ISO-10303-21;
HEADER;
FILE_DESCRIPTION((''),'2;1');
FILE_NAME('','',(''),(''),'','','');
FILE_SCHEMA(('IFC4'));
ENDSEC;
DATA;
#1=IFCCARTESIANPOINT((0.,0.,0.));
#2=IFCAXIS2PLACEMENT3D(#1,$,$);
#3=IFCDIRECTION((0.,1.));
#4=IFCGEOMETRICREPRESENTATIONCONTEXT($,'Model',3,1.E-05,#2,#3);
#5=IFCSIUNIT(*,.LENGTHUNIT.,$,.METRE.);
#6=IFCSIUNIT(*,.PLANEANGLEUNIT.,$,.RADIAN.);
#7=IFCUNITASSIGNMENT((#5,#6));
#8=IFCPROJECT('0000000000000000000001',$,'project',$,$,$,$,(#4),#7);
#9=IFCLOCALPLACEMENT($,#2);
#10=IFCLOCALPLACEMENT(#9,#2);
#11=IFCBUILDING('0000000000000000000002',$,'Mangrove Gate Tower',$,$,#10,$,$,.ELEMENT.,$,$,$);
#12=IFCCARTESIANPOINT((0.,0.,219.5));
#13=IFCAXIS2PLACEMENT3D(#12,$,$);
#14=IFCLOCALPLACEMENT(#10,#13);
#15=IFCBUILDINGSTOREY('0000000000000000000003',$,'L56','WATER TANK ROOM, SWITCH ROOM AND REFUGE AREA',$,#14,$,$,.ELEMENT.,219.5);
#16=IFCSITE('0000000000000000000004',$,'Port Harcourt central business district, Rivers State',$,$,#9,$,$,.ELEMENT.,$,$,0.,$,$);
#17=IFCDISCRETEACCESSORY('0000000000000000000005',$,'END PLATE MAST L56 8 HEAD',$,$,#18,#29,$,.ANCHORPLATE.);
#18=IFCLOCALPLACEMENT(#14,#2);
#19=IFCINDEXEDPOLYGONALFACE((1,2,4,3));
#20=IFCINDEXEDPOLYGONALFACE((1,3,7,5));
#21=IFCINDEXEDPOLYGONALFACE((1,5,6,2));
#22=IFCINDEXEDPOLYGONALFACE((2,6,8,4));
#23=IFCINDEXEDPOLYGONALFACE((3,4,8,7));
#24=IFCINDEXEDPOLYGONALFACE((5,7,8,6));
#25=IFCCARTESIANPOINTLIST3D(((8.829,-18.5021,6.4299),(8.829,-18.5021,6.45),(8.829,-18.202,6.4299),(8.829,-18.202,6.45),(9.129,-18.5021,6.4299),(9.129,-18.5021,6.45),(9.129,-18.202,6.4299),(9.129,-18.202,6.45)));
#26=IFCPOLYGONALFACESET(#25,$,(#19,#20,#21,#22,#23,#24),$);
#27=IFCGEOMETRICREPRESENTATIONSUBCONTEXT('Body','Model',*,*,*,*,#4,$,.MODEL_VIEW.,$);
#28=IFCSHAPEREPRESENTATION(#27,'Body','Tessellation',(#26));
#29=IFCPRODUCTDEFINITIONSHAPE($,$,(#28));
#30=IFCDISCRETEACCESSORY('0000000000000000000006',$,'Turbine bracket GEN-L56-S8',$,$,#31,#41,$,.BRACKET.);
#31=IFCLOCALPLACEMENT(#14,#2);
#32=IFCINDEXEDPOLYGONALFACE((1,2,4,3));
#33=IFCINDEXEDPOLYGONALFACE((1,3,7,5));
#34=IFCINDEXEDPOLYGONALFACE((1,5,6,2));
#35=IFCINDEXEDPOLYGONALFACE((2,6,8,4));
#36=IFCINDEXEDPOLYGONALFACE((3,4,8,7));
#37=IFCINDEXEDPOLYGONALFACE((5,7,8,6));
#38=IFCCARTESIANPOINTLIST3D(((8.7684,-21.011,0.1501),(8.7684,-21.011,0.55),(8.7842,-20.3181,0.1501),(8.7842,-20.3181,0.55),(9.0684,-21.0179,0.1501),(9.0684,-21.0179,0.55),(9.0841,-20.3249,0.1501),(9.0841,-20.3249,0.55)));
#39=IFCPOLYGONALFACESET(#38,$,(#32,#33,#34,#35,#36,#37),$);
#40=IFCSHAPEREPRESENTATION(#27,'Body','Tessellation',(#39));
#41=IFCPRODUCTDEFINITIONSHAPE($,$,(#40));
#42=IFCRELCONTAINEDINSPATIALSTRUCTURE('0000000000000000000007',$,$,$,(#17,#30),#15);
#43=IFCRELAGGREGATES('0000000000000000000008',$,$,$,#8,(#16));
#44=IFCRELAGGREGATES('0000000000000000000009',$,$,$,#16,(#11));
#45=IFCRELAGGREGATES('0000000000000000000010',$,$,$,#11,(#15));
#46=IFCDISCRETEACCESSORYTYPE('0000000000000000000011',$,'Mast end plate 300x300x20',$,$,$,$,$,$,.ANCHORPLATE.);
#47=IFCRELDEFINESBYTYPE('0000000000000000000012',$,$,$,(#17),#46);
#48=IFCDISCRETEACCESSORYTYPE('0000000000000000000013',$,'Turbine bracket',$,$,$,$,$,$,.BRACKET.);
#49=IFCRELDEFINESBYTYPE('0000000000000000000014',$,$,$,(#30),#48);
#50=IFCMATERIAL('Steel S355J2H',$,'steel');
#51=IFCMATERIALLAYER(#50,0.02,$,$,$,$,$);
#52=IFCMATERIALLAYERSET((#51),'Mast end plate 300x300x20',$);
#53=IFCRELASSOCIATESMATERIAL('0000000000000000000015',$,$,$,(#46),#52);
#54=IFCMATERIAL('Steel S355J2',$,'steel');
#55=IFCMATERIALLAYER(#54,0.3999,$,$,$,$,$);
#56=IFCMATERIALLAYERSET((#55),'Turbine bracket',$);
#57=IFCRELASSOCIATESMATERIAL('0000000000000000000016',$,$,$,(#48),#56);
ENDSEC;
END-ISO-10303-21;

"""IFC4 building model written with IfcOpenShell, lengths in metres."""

from ifc_helpers import new_model, si_unit, direction, frame, origin, origin_2d, place, context, subcontext, project, spatial, rectangle, extrude, material, layer, layer_set, type_object, element, save


model = new_model("IFC4")

# Units and contexts
model_context = context("Model", 3, precision=1e-05, world=origin(), true_north=direction((0.0, 1.0)))
body_context = subcontext(model_context, "Body", "Model", "MODEL_VIEW")
ifc_project = project(units=[si_unit("LENGTHUNIT", "METRE"), si_unit("PLANEANGLEUNIT", "RADIAN")], contexts=[model_context])

# Site, building, storey
site_placement = place(None, origin())
site = spatial("IfcSite", under=ifc_project, at=site_placement, Name="Port Harcourt central business district, Rivers State", CompositionType="ELEMENT", RefElevation=0.0)
building_placement = place(site_placement, origin())
building = spatial("IfcBuilding", under=site, at=building_placement, Name="Mangrove Gate Tower", CompositionType="ELEMENT")
storey_placement = place(building_placement, frame((0.0, 0.0, 219.5)))
storey = spatial("IfcBuildingStorey", under=building, at=storey_placement, Name="L56", Description="WATER TANK ROOM, SWITCH ROOM AND REFUGE AREA", CompositionType="ELEMENT", Elevation=219.5)

# Discrete accessories
ifc_material_1 = material(Name="Steel S355J2H", Category="steel")
ifc_layer_1 = layer(ifc_material_1, 0.02)
ifc_layer_set_1 = layer_set([ifc_layer_1], Name="Mast end plate 300x300x20")
discrete_accessory_type_1 = type_object("IfcDiscreteAccessoryType", Name="Mast end plate 300x300x20", PredefinedType="ANCHORPLATE", material=ifc_layer_set_1)
for number, where, z_axis, x_axis, name in (
    (1, (8.979, -18.3521, 6.4299), (0.0, 0.0, 1.0), (1.0, 0.0, 0.0), "END PLATE MAST L56 8 HEAD"),
):
    element("IfcDiscreteAccessory", number, at=place(storey_placement, frame(where, z_axis=z_axis, x_axis=x_axis)), inside=storey, type_object=discrete_accessory_type_1, Name=name, PredefinedType="ANCHORPLATE", context=body_context, shape_type="SweptSolid", body=[
        extrude(rectangle(XDim=0.3, YDim=0.3, at=origin_2d()), origin(), (0.0, 0.0, 1.0), 0.02),
    ])
ifc_material_2 = material(Name="Steel S355J2", Category="steel")
ifc_layer_2 = layer(ifc_material_2, 0.3999)
ifc_layer_set_2 = layer_set([ifc_layer_2], Name="Turbine bracket")
discrete_accessory_type_2 = type_object("IfcDiscreteAccessoryType", Name="Turbine bracket", PredefinedType="BRACKET", material=ifc_layer_set_2)
discrete_accessory_placement = place(storey_placement, frame((8.9263, -20.668, 0.1501), z_axis=(0.0, 0.0, 1.0), x_axis=(0.02278, 0.999741, 0.0)))
element("IfcDiscreteAccessory", 2, at=discrete_accessory_placement, inside=storey, type_object=discrete_accessory_type_2, Name="Turbine bracket GEN-L56-S8", PredefinedType="BRACKET", context=body_context, shape_type="SweptSolid", body=[
    extrude(rectangle(XDim=0.6931, YDim=0.3, at=origin_2d()), origin(), (0.0, 0.0, 1.0), 0.3999),
])

save(model, "model.ifc")
